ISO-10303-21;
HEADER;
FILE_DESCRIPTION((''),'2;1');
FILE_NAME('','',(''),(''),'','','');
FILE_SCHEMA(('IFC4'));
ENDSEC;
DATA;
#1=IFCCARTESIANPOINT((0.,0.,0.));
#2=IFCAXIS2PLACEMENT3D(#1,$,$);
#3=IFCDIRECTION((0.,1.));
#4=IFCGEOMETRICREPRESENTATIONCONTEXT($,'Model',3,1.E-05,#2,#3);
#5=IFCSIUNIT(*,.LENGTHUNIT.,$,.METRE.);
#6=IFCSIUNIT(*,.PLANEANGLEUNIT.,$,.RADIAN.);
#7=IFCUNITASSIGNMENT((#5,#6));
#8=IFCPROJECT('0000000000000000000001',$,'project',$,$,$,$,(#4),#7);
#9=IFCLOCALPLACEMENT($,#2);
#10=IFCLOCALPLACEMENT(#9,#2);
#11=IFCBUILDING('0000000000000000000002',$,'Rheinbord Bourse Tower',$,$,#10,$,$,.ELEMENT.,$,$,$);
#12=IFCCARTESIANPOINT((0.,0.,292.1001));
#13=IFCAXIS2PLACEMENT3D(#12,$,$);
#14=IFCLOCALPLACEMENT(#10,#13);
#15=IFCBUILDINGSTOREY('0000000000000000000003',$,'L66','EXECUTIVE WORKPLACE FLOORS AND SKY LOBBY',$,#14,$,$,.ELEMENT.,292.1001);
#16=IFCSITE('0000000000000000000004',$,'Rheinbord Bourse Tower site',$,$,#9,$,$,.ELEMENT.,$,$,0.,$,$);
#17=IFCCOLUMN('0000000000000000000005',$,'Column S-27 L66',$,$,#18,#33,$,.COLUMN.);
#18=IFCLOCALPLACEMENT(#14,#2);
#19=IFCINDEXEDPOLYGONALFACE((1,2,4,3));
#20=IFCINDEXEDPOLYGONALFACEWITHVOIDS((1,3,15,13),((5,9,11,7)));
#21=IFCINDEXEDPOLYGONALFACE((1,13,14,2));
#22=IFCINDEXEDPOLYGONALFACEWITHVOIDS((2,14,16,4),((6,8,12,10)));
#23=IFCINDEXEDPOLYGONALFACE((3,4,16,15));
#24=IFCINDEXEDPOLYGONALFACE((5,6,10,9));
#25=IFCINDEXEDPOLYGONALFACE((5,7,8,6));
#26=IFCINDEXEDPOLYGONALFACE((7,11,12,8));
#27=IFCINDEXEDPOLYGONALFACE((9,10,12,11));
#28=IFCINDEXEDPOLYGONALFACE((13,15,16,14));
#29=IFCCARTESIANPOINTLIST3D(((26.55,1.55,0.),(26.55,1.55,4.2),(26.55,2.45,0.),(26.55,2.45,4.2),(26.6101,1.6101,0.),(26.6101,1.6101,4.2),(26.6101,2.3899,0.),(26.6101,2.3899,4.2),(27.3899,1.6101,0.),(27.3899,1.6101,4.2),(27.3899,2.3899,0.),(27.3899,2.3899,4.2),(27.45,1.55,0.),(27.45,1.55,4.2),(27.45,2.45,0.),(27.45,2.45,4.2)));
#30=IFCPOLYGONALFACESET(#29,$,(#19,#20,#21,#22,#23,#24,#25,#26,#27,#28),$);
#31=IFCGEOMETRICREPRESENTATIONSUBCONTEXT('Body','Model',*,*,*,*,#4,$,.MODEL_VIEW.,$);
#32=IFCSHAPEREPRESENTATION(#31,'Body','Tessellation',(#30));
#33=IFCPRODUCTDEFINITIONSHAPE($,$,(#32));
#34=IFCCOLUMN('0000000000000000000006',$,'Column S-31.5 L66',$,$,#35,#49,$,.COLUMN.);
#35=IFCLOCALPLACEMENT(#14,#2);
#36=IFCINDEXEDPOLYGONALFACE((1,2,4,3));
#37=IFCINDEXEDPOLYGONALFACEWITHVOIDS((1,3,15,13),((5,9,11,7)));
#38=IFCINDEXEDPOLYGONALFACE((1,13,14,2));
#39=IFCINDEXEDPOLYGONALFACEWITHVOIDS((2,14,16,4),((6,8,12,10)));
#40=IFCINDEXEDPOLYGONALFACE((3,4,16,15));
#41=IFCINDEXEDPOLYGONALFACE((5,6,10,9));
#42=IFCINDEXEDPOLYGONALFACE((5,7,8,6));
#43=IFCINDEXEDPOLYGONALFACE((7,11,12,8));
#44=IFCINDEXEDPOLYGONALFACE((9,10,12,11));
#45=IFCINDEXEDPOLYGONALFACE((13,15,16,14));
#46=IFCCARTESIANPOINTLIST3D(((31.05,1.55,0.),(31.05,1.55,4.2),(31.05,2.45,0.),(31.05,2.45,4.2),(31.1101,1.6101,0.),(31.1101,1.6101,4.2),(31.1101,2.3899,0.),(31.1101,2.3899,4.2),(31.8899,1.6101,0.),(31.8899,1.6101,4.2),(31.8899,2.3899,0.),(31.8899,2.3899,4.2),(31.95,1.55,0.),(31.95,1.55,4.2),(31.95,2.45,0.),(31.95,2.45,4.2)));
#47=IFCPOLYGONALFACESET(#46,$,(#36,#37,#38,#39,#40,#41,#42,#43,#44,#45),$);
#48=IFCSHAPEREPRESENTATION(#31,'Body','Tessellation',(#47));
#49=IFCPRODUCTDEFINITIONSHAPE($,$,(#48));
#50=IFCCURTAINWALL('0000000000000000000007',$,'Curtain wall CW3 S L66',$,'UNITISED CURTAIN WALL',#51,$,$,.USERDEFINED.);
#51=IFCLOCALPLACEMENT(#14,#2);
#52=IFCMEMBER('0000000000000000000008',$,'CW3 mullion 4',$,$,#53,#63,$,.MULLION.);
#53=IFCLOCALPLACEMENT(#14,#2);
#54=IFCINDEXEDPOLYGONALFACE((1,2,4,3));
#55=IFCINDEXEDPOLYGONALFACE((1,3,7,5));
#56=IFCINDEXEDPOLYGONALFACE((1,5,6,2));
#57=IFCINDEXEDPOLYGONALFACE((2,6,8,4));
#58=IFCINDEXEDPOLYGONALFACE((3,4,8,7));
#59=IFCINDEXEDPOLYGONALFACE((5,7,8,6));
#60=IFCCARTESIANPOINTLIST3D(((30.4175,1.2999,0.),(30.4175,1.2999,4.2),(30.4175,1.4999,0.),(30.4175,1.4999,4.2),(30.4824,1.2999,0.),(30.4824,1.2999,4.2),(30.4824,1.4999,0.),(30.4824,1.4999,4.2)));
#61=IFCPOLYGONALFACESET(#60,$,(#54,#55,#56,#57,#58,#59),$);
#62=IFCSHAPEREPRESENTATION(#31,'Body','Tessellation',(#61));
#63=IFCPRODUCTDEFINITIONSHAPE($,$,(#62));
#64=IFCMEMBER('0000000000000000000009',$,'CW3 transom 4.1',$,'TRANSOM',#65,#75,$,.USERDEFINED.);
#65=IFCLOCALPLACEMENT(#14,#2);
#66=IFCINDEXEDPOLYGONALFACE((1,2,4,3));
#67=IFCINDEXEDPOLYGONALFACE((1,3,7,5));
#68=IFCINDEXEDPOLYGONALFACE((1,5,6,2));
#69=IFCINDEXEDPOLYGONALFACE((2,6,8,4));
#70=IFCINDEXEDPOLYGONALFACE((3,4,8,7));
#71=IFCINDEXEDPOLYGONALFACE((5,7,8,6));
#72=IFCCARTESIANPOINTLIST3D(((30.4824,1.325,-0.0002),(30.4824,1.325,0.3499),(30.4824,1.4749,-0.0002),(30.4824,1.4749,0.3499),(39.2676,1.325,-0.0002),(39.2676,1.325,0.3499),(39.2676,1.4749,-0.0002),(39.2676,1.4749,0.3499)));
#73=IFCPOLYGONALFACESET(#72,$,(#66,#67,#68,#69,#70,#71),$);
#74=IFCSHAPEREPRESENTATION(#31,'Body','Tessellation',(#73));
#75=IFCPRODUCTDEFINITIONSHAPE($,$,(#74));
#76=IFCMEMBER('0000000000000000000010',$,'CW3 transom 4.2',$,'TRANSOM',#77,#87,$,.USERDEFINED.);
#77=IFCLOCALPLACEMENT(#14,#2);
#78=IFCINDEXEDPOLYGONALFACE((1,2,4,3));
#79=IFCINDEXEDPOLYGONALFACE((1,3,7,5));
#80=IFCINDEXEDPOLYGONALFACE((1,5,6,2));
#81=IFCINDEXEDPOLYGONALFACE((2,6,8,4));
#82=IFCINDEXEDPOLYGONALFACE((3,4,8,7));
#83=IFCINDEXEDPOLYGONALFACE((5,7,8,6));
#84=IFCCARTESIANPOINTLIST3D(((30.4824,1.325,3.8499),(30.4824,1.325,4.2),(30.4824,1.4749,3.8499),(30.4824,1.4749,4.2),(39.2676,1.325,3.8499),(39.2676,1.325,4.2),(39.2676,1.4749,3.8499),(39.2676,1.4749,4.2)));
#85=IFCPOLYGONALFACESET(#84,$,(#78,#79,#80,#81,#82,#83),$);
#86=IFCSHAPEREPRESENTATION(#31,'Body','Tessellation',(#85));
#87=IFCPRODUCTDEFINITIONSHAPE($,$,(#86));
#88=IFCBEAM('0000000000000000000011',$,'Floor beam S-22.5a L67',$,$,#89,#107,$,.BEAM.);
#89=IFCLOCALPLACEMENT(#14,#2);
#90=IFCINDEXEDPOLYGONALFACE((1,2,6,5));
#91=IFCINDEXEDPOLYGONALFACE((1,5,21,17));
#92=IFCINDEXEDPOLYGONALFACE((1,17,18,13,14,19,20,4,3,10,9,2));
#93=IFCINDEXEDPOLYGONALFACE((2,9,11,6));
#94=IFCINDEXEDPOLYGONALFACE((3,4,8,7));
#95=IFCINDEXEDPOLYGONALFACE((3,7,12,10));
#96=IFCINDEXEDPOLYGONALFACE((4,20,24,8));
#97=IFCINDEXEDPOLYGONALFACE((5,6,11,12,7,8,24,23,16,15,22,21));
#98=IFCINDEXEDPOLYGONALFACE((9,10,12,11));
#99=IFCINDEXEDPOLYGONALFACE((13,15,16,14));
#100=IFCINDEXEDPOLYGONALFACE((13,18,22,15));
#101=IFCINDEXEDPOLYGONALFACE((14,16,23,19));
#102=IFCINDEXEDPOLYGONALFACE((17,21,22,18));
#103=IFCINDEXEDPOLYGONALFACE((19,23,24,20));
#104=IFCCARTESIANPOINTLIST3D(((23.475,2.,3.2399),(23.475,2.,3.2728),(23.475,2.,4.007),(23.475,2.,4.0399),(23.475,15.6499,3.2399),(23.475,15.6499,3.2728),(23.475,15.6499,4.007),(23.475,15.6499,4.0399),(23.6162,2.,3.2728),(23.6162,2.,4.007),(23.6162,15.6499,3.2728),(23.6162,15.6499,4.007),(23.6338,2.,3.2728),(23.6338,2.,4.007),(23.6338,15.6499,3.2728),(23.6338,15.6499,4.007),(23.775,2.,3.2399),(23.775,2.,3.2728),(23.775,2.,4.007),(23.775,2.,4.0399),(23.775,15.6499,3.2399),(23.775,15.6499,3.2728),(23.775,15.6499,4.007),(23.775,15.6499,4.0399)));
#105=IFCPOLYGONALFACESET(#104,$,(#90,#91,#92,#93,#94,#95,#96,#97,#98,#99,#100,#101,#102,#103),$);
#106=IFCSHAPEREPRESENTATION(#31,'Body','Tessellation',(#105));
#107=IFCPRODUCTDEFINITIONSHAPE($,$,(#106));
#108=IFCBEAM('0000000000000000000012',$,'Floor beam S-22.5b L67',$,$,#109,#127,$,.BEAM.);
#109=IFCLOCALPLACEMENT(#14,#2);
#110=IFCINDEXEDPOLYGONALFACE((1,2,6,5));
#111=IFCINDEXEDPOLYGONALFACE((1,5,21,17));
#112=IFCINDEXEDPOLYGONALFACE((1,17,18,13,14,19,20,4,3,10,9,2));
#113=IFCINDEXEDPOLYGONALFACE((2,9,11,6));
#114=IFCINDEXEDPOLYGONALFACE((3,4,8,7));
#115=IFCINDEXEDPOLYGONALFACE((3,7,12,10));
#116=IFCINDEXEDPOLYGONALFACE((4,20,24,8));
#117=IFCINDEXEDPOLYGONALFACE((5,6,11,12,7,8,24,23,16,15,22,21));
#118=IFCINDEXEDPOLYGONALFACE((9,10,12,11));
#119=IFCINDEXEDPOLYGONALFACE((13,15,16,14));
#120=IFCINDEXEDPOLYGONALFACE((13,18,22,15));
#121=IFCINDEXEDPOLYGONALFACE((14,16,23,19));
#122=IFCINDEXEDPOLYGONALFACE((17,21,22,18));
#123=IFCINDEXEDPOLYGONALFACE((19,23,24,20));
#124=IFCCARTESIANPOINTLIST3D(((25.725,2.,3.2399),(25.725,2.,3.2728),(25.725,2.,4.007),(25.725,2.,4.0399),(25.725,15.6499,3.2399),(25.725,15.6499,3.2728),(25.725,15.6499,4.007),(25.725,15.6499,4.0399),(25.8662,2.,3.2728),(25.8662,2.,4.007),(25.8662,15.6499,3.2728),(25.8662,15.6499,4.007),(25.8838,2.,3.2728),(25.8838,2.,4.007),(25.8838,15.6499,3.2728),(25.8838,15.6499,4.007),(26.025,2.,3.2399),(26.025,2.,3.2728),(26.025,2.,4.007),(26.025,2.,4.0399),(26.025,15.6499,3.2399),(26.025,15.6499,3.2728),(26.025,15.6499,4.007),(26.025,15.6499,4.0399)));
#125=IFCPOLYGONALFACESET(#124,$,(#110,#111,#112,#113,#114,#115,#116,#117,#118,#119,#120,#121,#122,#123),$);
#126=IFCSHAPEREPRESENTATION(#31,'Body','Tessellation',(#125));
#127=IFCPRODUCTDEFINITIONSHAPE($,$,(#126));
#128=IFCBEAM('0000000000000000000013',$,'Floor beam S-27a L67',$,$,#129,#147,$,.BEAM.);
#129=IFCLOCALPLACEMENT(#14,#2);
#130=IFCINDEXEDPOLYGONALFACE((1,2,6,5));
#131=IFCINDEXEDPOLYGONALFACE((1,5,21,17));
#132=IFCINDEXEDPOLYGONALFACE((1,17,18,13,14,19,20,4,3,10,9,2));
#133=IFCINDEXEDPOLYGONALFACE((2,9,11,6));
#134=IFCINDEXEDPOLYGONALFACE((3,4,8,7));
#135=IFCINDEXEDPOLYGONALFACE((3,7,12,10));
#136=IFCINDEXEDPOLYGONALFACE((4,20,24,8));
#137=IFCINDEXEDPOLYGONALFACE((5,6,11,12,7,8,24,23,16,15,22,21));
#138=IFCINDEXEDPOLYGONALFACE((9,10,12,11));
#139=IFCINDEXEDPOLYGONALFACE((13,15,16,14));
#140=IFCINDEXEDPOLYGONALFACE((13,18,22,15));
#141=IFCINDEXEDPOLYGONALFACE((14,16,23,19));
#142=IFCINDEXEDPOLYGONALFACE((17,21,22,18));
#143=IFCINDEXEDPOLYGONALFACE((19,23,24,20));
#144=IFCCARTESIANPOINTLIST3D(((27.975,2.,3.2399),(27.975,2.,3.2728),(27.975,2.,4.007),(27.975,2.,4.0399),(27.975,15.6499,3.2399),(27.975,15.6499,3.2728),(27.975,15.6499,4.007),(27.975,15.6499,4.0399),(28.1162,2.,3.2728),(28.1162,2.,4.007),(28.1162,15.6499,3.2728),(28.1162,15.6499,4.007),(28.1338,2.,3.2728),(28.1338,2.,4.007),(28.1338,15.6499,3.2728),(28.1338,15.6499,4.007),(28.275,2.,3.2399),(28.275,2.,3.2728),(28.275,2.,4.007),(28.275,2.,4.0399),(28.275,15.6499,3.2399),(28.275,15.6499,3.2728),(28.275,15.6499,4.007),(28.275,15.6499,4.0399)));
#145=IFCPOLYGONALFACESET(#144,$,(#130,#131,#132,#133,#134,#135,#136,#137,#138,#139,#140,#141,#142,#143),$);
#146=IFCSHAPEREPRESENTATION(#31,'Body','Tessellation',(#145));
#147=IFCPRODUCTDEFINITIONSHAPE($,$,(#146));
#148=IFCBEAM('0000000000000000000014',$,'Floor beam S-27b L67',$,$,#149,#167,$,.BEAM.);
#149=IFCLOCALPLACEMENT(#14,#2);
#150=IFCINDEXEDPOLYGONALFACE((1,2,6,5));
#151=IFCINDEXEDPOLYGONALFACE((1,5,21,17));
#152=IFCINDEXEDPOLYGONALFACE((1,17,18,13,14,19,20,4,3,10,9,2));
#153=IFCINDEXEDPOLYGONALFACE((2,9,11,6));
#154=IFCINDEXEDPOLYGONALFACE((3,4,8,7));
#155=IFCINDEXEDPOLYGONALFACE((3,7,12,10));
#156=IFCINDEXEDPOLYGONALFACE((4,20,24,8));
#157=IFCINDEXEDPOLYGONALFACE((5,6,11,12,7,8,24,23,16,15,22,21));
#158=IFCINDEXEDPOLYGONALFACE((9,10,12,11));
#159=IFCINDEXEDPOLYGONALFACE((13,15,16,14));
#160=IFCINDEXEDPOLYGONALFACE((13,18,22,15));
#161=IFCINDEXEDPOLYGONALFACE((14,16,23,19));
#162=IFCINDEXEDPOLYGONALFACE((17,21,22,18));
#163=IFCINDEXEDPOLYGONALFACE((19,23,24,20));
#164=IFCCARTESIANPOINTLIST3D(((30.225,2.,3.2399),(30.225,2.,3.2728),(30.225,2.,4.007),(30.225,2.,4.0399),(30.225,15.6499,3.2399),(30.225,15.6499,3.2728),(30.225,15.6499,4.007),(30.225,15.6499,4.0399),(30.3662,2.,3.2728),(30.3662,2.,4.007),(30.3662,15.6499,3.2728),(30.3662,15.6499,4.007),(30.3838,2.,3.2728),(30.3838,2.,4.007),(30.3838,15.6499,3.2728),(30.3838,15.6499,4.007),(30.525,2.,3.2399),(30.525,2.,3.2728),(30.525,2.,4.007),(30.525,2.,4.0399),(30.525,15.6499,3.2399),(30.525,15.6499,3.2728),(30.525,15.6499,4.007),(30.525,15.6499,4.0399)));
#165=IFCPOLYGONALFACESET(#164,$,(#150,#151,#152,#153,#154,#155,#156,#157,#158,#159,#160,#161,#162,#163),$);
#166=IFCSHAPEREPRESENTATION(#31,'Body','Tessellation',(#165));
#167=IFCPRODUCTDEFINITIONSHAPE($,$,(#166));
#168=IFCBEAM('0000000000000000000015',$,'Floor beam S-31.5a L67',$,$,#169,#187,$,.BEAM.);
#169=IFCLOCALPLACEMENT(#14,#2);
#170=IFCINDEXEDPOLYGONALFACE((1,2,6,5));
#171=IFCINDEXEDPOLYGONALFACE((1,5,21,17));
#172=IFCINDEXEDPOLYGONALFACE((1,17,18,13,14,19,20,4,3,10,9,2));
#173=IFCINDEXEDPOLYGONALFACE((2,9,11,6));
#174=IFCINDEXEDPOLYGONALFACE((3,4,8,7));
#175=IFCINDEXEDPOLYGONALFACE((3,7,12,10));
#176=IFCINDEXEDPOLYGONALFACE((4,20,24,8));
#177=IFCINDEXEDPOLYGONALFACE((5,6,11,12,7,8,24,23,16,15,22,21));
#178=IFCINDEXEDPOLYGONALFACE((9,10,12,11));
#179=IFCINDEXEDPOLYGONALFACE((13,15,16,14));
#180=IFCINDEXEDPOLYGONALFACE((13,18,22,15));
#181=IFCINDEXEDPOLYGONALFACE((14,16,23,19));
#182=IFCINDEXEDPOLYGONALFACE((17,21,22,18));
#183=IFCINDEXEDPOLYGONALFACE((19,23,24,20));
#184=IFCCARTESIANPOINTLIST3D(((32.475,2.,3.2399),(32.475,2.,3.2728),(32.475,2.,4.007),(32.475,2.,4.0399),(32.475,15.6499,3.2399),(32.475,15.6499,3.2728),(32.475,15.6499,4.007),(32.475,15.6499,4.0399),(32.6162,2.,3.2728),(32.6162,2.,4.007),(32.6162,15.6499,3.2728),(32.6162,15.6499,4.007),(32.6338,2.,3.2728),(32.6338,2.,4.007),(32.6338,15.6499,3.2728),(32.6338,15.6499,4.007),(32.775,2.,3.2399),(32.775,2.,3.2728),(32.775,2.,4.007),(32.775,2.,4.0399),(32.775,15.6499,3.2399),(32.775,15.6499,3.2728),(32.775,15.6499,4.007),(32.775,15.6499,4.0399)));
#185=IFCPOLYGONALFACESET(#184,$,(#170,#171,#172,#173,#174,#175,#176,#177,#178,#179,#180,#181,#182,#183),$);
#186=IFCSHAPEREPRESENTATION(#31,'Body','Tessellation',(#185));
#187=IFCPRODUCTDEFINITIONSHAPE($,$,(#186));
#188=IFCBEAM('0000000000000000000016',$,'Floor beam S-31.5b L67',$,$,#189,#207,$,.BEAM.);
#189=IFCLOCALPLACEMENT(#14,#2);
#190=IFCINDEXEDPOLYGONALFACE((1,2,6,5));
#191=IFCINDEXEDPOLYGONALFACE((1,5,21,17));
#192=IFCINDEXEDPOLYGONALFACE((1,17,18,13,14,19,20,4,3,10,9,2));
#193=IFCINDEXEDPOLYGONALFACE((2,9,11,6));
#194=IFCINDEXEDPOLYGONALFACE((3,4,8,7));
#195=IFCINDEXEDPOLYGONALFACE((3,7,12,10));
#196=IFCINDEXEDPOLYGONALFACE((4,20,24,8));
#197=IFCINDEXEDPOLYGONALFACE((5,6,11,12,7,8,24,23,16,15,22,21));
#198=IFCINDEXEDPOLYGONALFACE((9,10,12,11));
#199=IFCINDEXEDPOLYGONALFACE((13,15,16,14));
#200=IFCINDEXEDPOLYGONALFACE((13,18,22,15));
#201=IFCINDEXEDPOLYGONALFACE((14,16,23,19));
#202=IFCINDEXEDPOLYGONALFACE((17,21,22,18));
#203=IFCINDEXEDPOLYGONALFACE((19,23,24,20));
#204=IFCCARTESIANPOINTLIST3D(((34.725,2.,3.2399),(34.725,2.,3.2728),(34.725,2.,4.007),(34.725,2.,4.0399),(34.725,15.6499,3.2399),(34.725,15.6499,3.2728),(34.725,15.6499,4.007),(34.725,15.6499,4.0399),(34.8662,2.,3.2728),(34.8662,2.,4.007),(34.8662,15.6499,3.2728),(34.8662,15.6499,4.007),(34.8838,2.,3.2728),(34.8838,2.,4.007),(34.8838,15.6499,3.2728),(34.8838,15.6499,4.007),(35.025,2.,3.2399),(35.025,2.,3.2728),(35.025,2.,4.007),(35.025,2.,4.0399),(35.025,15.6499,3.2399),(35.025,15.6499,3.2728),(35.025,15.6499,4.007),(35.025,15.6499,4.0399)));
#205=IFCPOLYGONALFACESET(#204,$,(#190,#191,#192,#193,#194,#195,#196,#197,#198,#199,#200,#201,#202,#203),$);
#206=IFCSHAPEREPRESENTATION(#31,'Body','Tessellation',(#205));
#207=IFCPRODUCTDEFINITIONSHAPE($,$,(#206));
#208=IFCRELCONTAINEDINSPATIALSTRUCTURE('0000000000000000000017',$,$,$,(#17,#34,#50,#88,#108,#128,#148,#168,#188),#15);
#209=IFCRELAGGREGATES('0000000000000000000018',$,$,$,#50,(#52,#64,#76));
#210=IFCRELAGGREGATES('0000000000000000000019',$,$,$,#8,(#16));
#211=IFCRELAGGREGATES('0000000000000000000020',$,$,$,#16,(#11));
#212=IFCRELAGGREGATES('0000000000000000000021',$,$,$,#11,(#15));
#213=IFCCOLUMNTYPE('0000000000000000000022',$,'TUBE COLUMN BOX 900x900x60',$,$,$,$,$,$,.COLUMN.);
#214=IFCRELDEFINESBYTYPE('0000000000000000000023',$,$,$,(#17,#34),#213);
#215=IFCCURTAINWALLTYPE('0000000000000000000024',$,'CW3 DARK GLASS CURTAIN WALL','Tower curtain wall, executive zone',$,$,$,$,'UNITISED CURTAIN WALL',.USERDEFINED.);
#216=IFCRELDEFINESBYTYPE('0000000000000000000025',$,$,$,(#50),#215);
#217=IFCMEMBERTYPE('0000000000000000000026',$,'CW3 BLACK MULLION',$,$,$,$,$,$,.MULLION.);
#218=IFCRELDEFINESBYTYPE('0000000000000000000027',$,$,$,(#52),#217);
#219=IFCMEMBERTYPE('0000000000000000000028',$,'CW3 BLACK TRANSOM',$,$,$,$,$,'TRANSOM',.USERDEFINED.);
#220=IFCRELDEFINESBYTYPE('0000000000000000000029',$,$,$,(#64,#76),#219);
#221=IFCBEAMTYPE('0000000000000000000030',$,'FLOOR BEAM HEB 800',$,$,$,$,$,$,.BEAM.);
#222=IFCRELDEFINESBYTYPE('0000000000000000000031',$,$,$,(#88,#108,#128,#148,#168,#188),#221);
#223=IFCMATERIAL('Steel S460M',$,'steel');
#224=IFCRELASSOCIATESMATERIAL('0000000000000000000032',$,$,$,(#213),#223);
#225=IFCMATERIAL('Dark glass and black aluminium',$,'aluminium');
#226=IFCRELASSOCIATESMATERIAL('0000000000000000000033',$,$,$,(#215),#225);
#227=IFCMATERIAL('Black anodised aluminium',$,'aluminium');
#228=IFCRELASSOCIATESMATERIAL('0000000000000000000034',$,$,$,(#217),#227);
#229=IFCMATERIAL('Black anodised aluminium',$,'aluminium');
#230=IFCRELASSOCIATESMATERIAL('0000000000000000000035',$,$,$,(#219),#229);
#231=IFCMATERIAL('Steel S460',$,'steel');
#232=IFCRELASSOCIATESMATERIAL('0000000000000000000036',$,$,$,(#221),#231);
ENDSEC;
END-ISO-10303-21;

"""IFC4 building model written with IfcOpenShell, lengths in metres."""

from ifc_helpers import new_model, si_unit, direction, frame, origin, origin_2d, place, context, subcontext, project, spatial, rectangle, hollow_rectangle, i_section, extrude, material, material_profile, profile_set, type_object, element, aggregate, save


model = new_model("IFC4")

# Units and contexts
model_context = context("Model", 3, precision=1e-05, world=origin(), true_north=direction((0.0, 1.0)))
body_context = subcontext(model_context, "Body", "Model", "MODEL_VIEW")
ifc_project = project(units=[si_unit("LENGTHUNIT", "METRE"), si_unit("PLANEANGLEUNIT", "RADIAN")], contexts=[model_context])

# Site, building, storey
site_placement = place(None, origin())
site = spatial("IfcSite", under=ifc_project, at=site_placement, Name="Rheinbord Bourse Tower site", CompositionType="ELEMENT", RefElevation=0.0)
building_placement = place(site_placement, origin())
building = spatial("IfcBuilding", under=site, at=building_placement, Name="Rheinbord Bourse Tower", CompositionType="ELEMENT")
storey_placement = place(building_placement, frame((0.0, 0.0, 292.1001)))
storey = spatial("IfcBuildingStorey", under=building, at=storey_placement, Name="L66", Description="EXECUTIVE WORKPLACE FLOORS AND SKY LOBBY", CompositionType="ELEMENT", Elevation=292.1001)

# Columns
ifc_material_1 = material(Name="Steel S460M", Category="steel")
ifc_material_profile_1 = material_profile(ifc_material_1, hollow_rectangle(XDim=0.8999, YDim=0.8999, WallThickness=0.0601, at=origin_2d()), Name="BOX 900x900x60")
ifc_profile_set_1 = profile_set([ifc_material_profile_1], Name="Steel S460M")
column_type = type_object("IfcColumnType", Name="TUBE COLUMN BOX 900x900x60", PredefinedType="COLUMN", material=ifc_profile_set_1)
for number, where, z_axis, x_axis, name in (
    (1, (27.0, 2.0, 0.0), (0.0, 0.0, 1.0), (0.0, 1.0, 0.0), "Column S-27 L66"),
    (2, (31.5, 2.0, 0.0), (0.0, 0.0, 1.0), (0.0, 1.0, 0.0), "Column S-31.5 L66"),
):
    element("IfcColumn", number, at=place(storey_placement, frame(where, z_axis=z_axis, x_axis=x_axis)), inside=storey, type_object=column_type, Name=name, PredefinedType="COLUMN", context=body_context, shape_type="SweptSolid", body=[
        extrude(hollow_rectangle(XDim=0.8999, YDim=0.8999, WallThickness=0.0601, at=origin_2d()), origin(), (0.0, 0.0, 1.0), 4.2),
    ])

# Curtain wall, members
ifc_material_2 = material(Name="Dark glass and black aluminium", Category="aluminium")
curtain_wall_type = type_object("IfcCurtainWallType", Name="CW3 DARK GLASS CURTAIN WALL", Description="Tower curtain wall, executive zone", ElementType="UNITISED CURTAIN WALL", PredefinedType="USERDEFINED", material=ifc_material_2)
curtain_wall_placement = place(storey_placement, origin())
curtain_wall = element("IfcCurtainWall", 3, at=curtain_wall_placement, inside=storey, type_object=curtain_wall_type, Name="Curtain wall CW3 S L66", ObjectType="UNITISED CURTAIN WALL", PredefinedType="USERDEFINED")
ifc_material_3 = material(Name="Black anodised aluminium", Category="aluminium")
ifc_material_profile_2 = material_profile(ifc_material_3, rectangle(XDim=0.2, YDim=0.0649, at=origin_2d()), Name="CW3 MULLION 65x200")
ifc_profile_set_2 = profile_set([ifc_material_profile_2], Name="Black anodised aluminium")
member_type_1 = type_object("IfcMemberType", Name="CW3 BLACK MULLION", PredefinedType="MULLION", material=ifc_profile_set_2)
member_1_placement = place(storey_placement, frame((30.45, 1.3999, 0.0), z_axis=(0.0, 0.0, 1.0), x_axis=(0.0, 1.0, 0.0)))
member_1 = element("IfcMember", 4, at=member_1_placement, type_object=member_type_1, Name="CW3 mullion 4", PredefinedType="MULLION", context=body_context, shape_type="SweptSolid", body=[
    extrude(rectangle(XDim=0.2, YDim=0.0649, at=origin_2d()), origin(), (0.0, 0.0, 1.0), 4.2),
])
ifc_material_4 = material(Name="Black anodised aluminium", Category="aluminium")
ifc_material_profile_3 = material_profile(ifc_material_4, rectangle(XDim=0.1499, YDim=0.3501, at=origin_2d()), Name="CW3 TRANSOM 350x150")
ifc_profile_set_3 = profile_set([ifc_material_profile_3], Name="Black anodised aluminium")
member_type_2 = type_object("IfcMemberType", Name="CW3 BLACK TRANSOM", ElementType="TRANSOM", PredefinedType="USERDEFINED", material=ifc_profile_set_3)
member_2_placement = place(storey_placement, frame((30.4824, 1.3999, 0.1748), z_axis=(1.0, 0.0, 0.0), x_axis=(0.0, 1.0, 0.0)))
member_2 = element("IfcMember", 5, at=member_2_placement, type_object=member_type_2, Name="CW3 transom 4.1", ObjectType="TRANSOM", PredefinedType="USERDEFINED", context=body_context, shape_type="SweptSolid", body=[
    extrude(rectangle(XDim=0.1499, YDim=0.3501, at=origin_2d()), origin(), (0.0, 0.0, 1.0), 8.7852),
])
member_3_placement = place(storey_placement, frame((30.4824, 1.3999, 4.0249), z_axis=(1.0, 0.0, 0.0), x_axis=(0.0, 1.0, 0.0)))
member_3 = element("IfcMember", 6, at=member_3_placement, type_object=member_type_2, Name="CW3 transom 4.2", ObjectType="TRANSOM", PredefinedType="USERDEFINED", context=body_context, shape_type="SweptSolid", body=[
    extrude(rectangle(XDim=0.1499, YDim=0.3501, at=origin_2d()), origin(), (0.0, 0.0, 1.0), 8.7852),
])

# Beams
ifc_material_5 = material(Name="Steel S460", Category="steel")
ifc_material_profile_4 = material_profile(ifc_material_5, i_section(OverallWidth=0.3, OverallDepth=0.8, WebThickness=0.0176, FlangeThickness=0.033, at=origin_2d()), Name="HEB 800")
ifc_profile_set_4 = profile_set([ifc_material_profile_4], Name="Steel S460")
beam_type_1 = type_object("IfcBeamType", Name="FLOOR BEAM HEB 800", PredefinedType="BEAM", material=ifc_profile_set_4)
for number, where, z_axis, x_axis, name in (
    (7, (23.625, 2.0, 3.6399), (0.0, 1.0, 0.0), (-1.0, 0.0, 0.0), "Floor beam S-22.5a L67"),
    (8, (25.875, 2.0, 3.6399), (0.0, 1.0, 0.0), (-1.0, 0.0, 0.0), "Floor beam S-22.5b L67"),
    (9, (28.125, 2.0, 3.6399), (0.0, 1.0, 0.0), (-1.0, 0.0, 0.0), "Floor beam S-27a L67"),
    (10, (30.375, 2.0, 3.6399), (0.0, 1.0, 0.0), (-1.0, 0.0, 0.0), "Floor beam S-27b L67"),
    (11, (32.625, 2.0, 3.6399), (0.0, 1.0, 0.0), (-1.0, 0.0, 0.0), "Floor beam S-31.5a L67"),
    (12, (34.875, 2.0, 3.6399), (0.0, 1.0, 0.0), (-1.0, 0.0, 0.0), "Floor beam S-31.5b L67"),
):
    element("IfcBeam", number, at=place(storey_placement, frame(where, z_axis=z_axis, x_axis=x_axis)), inside=storey, type_object=beam_type_1, Name=name, PredefinedType="BEAM", context=body_context, shape_type="SweptSolid", body=[
        extrude(i_section(OverallWidth=0.3, OverallDepth=0.8, WebThickness=0.0176, FlangeThickness=0.033, at=origin_2d()), origin(), (0.0, 0.0, 1.0), 13.6499),
    ])

aggregate(curtain_wall, [member_1, member_2, member_3])

save(model, "model.ifc")
